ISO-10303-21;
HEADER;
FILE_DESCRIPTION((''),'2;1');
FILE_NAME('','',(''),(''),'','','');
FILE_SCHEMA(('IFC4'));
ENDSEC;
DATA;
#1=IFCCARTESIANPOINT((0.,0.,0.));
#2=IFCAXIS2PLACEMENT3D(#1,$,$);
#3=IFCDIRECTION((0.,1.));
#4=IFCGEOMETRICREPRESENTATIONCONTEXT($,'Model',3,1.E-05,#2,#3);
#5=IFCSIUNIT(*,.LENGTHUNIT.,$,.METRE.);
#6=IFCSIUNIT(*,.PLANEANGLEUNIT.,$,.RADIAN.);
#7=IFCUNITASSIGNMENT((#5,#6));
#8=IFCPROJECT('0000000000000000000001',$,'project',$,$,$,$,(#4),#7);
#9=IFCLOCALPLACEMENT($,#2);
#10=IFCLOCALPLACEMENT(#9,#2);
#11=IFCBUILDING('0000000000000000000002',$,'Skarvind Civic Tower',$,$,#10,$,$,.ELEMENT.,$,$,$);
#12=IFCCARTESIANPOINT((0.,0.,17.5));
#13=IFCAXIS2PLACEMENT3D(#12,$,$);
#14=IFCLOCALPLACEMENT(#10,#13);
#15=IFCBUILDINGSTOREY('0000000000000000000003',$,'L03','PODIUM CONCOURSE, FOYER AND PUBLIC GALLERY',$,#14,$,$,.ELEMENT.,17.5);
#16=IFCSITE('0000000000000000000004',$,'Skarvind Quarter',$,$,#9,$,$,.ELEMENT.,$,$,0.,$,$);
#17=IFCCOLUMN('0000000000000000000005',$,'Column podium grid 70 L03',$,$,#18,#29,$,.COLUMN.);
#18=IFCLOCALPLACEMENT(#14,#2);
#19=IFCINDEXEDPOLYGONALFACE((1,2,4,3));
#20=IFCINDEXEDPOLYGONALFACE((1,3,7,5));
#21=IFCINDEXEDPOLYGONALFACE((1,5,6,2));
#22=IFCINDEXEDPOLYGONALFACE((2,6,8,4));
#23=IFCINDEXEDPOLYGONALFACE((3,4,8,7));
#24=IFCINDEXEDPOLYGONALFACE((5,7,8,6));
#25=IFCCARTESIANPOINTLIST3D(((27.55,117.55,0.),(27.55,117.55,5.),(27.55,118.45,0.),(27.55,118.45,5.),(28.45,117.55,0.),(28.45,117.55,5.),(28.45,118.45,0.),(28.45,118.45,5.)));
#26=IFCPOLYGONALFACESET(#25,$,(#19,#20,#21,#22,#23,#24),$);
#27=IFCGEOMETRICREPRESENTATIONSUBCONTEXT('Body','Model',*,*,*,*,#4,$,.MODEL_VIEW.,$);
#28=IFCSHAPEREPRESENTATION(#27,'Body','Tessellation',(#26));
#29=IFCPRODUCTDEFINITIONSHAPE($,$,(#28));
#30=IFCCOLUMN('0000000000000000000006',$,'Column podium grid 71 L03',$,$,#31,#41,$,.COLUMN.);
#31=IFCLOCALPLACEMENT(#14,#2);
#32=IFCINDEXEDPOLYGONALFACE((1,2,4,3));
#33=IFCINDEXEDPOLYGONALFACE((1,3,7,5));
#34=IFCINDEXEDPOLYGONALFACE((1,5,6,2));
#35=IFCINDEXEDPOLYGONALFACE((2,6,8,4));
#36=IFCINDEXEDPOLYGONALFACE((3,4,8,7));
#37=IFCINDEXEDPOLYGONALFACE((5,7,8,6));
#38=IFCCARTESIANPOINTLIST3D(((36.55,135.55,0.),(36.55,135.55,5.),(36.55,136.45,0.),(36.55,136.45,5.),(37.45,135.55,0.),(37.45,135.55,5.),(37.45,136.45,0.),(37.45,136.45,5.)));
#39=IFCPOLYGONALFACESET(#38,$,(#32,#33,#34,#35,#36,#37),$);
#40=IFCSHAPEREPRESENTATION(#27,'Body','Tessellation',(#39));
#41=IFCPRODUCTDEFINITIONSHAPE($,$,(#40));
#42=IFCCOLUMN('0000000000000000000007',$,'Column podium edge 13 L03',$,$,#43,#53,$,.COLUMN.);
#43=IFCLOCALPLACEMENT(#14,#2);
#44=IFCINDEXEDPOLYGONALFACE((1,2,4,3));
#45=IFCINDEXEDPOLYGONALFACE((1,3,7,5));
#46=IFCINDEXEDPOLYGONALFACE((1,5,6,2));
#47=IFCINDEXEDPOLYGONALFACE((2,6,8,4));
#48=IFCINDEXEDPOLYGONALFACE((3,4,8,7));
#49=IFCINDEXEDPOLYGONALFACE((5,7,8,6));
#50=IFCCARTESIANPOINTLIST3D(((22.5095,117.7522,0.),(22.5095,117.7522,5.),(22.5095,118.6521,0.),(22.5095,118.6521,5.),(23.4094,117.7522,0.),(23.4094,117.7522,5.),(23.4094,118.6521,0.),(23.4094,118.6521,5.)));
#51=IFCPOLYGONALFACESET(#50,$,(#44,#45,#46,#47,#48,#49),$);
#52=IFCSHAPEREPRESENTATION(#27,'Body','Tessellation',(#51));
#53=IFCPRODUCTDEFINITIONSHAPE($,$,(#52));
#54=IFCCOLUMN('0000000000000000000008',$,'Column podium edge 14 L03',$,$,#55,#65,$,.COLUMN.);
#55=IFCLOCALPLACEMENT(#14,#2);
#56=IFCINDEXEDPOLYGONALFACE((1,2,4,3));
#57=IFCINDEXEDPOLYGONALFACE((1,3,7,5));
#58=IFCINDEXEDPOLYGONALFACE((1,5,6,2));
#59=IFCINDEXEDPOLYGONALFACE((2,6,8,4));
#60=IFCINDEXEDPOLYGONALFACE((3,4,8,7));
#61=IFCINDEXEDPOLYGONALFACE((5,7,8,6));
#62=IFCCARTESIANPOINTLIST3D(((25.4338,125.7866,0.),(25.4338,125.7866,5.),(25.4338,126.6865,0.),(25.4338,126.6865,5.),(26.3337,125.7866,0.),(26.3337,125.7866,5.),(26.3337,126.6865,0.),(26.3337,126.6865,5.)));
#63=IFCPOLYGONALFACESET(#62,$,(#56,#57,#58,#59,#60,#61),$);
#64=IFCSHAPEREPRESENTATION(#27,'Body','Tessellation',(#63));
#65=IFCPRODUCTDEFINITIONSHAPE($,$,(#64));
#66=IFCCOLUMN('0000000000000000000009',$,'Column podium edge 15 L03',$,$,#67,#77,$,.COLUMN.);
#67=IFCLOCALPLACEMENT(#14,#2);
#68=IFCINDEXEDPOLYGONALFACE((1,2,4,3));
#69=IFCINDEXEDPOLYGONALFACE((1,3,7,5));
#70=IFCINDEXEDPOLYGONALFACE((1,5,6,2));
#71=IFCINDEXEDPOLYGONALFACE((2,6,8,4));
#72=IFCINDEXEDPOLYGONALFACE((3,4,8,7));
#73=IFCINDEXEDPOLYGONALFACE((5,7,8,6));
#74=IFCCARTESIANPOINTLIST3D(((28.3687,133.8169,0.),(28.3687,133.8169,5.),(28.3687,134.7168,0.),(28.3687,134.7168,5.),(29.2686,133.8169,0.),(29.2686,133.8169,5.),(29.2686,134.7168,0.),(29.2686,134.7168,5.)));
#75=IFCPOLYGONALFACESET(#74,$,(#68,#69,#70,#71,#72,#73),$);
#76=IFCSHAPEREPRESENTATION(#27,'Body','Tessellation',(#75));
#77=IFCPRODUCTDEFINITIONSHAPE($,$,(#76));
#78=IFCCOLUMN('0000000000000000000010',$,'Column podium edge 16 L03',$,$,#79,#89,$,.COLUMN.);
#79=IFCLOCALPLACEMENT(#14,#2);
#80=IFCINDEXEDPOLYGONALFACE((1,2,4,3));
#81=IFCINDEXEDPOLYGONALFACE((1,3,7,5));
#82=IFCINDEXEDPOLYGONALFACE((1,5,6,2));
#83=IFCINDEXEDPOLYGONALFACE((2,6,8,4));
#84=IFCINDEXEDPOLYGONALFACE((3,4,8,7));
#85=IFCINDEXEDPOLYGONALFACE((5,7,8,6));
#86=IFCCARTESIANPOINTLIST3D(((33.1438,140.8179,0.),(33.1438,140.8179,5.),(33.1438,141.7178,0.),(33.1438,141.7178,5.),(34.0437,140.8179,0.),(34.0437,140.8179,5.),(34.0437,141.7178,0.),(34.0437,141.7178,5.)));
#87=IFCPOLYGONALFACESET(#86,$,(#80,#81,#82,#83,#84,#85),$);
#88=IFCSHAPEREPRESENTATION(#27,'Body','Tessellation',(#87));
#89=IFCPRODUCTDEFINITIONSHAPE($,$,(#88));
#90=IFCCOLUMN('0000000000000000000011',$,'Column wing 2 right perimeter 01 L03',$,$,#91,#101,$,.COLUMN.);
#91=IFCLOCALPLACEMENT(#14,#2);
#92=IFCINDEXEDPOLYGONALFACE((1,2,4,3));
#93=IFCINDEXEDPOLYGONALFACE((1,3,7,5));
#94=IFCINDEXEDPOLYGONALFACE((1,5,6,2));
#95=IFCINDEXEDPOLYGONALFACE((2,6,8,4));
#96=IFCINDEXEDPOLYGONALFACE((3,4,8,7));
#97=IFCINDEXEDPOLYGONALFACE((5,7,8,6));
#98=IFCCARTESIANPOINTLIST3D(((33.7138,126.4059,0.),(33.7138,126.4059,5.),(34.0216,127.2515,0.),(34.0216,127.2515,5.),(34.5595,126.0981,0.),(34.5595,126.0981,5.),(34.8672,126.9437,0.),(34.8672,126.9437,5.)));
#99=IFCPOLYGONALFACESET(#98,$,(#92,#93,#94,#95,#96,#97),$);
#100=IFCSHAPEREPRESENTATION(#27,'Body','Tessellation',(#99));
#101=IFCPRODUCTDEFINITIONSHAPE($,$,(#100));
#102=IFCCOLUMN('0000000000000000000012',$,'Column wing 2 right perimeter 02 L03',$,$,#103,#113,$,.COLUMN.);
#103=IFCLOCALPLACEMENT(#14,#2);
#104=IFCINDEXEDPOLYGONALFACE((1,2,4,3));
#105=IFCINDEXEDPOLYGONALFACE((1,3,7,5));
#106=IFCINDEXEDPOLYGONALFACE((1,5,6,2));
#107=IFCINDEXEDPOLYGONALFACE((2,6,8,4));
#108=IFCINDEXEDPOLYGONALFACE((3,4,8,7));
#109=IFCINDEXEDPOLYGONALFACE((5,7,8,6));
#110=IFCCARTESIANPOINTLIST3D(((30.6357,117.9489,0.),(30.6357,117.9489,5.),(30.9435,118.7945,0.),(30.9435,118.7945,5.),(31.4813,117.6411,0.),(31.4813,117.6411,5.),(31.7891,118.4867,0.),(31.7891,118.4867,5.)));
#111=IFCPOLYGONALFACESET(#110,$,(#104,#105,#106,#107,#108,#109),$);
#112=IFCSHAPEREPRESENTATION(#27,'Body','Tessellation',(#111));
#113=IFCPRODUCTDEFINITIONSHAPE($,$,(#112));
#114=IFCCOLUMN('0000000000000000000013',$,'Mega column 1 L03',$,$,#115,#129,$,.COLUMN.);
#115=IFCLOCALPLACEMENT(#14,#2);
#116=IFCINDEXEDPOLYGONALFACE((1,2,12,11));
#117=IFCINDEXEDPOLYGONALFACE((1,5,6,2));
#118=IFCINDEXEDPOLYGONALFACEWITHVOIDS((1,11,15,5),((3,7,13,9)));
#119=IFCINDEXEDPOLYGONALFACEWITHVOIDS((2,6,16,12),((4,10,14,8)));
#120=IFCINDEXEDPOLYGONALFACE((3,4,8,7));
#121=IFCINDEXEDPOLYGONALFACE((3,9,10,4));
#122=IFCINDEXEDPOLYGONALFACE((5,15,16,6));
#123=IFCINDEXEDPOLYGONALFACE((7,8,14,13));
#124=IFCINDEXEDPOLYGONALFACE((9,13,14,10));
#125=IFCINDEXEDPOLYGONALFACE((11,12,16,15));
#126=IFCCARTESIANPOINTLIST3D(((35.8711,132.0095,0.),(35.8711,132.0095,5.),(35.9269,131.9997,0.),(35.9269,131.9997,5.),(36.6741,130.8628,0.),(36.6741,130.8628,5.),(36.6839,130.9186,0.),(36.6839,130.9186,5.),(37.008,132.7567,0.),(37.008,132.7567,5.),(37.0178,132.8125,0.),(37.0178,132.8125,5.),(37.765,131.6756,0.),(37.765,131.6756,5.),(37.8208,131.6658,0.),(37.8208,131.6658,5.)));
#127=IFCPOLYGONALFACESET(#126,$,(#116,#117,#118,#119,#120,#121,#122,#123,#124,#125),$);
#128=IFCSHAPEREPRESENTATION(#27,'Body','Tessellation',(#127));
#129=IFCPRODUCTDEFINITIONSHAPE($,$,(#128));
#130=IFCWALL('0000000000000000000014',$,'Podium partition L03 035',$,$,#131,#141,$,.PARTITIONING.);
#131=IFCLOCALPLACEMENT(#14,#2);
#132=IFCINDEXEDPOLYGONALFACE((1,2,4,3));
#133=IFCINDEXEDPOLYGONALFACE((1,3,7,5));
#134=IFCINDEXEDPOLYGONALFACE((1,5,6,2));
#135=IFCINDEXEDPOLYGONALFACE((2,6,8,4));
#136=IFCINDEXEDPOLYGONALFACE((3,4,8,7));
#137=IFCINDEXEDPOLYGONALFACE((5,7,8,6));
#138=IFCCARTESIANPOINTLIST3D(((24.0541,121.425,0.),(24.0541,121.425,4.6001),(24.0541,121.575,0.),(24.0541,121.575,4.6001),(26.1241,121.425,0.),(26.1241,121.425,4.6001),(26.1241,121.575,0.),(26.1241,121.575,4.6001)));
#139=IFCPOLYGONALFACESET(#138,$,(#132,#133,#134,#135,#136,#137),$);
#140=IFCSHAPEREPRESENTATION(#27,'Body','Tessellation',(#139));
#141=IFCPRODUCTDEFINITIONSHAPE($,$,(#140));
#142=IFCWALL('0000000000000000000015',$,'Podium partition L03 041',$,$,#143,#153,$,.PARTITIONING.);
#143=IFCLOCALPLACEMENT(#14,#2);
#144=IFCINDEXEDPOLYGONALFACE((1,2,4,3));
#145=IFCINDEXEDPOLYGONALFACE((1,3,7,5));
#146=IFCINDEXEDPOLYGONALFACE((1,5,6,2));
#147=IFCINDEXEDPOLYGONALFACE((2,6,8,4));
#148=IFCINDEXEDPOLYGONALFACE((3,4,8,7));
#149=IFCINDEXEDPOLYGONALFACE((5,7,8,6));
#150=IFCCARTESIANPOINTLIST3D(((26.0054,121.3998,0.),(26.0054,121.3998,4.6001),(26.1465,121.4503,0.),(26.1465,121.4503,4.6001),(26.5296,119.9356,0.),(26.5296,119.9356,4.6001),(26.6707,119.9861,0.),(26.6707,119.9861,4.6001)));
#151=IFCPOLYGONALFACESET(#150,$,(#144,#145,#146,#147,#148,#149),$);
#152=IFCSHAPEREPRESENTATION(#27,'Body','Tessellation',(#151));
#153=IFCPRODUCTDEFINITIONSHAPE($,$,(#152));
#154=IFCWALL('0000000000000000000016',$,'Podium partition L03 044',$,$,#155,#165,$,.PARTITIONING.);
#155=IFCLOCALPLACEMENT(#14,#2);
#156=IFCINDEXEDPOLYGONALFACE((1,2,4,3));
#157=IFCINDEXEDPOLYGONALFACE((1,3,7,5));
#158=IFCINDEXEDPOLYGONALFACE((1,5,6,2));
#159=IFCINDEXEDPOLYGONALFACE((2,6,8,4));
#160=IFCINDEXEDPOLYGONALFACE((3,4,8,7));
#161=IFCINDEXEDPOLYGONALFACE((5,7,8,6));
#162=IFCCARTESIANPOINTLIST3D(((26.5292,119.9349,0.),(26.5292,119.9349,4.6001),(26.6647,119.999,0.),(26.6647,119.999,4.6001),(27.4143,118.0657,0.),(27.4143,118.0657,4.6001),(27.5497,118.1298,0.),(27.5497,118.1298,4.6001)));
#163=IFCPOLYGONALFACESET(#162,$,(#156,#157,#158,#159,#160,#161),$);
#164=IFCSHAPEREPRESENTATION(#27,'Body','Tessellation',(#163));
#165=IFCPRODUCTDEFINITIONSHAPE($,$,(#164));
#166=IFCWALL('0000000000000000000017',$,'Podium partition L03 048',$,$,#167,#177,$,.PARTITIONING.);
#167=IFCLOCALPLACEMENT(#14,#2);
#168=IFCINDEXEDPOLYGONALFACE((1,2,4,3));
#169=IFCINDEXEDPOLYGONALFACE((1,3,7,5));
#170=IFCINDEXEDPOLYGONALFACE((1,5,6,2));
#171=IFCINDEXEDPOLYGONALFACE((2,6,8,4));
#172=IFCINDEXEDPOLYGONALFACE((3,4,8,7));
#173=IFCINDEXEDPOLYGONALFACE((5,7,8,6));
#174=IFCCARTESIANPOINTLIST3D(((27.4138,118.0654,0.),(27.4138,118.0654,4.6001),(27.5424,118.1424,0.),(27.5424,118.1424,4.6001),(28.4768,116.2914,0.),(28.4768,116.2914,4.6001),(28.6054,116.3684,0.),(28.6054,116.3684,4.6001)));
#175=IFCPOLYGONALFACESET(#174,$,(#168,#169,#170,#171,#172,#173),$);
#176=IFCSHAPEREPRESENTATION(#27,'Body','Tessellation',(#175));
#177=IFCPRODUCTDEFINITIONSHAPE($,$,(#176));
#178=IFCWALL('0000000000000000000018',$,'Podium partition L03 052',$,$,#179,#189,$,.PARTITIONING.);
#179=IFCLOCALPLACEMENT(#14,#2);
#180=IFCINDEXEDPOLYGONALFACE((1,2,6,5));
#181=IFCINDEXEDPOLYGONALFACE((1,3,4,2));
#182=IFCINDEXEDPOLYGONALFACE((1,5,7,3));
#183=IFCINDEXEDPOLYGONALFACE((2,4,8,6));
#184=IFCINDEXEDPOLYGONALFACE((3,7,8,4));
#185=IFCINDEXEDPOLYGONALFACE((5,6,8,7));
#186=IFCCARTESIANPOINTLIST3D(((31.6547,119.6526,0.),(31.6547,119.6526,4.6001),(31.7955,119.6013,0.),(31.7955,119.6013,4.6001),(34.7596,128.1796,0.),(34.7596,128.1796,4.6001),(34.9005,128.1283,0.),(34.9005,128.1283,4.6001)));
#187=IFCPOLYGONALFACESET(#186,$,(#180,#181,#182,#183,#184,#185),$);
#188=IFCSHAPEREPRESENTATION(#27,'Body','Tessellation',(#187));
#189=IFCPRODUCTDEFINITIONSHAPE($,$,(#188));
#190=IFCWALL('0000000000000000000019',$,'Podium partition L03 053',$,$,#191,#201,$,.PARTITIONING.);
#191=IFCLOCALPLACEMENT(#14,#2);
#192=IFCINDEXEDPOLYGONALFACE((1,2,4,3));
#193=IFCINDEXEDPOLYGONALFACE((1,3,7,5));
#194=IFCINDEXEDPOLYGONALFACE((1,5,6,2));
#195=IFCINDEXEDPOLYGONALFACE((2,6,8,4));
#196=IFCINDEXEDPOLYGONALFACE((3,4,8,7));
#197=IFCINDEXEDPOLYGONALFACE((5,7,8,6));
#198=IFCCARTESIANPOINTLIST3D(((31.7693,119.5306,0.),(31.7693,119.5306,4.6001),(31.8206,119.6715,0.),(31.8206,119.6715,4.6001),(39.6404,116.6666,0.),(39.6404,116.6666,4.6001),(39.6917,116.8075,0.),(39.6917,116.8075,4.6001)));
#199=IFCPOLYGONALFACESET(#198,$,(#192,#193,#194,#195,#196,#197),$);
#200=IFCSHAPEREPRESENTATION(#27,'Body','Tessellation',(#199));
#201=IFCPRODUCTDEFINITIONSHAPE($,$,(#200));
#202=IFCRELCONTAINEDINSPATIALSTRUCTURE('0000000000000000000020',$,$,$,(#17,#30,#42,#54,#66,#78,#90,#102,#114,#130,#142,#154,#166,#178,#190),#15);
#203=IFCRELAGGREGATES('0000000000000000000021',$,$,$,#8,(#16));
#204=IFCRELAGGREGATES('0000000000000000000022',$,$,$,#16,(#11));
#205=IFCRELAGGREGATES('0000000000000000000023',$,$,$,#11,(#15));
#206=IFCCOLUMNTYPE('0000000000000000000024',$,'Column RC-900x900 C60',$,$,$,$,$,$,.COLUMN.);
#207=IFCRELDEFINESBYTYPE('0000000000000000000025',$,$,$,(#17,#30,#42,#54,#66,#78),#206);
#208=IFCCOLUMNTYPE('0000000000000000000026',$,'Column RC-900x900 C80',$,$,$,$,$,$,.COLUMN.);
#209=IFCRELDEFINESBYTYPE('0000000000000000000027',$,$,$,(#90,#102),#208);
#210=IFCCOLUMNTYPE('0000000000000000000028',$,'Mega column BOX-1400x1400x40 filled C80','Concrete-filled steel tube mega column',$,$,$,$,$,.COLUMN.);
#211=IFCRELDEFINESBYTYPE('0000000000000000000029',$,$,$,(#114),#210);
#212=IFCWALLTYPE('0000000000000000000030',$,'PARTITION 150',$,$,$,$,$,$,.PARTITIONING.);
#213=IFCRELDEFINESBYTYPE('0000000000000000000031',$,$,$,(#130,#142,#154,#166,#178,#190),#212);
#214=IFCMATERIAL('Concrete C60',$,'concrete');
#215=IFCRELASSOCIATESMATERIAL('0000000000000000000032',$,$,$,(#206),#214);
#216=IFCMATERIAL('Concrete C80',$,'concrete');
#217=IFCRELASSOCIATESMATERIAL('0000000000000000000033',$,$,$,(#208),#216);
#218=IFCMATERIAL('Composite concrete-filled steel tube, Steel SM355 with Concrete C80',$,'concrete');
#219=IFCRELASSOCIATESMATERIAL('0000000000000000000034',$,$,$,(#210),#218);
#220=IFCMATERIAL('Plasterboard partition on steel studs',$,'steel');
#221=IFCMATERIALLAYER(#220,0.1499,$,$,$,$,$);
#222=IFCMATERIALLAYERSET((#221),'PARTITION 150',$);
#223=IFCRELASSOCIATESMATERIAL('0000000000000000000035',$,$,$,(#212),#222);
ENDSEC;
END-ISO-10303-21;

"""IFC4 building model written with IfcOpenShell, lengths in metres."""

from ifc_helpers import new_model, si_unit, direction, frame, frame_2d, origin, origin_2d, place, context, subcontext, project, spatial, rectangle, hollow_rectangle, extrude, material, layer, layer_set, material_profile, profile_set, type_object, element, save


model = new_model("IFC4")

# Units and contexts
model_context = context("Model", 3, precision=1e-05, world=origin(), true_north=direction((0.0, 1.0)))
body_context = subcontext(model_context, "Body", "Model", "MODEL_VIEW")
ifc_project = project(units=[si_unit("LENGTHUNIT", "METRE"), si_unit("PLANEANGLEUNIT", "RADIAN")], contexts=[model_context])

# Site, building, storey
site_placement = place(None, origin())
site = spatial("IfcSite", under=ifc_project, at=site_placement, Name="Skarvind Quarter", CompositionType="ELEMENT", RefElevation=0.0)
building_placement = place(site_placement, origin())
building = spatial("IfcBuilding", under=site, at=building_placement, Name="Skarvind Civic Tower", CompositionType="ELEMENT")
storey_placement = place(building_placement, frame((0.0, 0.0, 17.5)))
storey = spatial("IfcBuildingStorey", under=building, at=storey_placement, Name="L03", Description="PODIUM CONCOURSE, FOYER AND PUBLIC GALLERY", CompositionType="ELEMENT", Elevation=17.5)

# Columns
ifc_material_1 = material(Name="Concrete C60", Category="concrete")
ifc_material_profile_1 = material_profile(ifc_material_1, rectangle(XDim=0.8999, YDim=0.8999, at=origin_2d()), Name="RC-900x900")
ifc_profile_set_1 = profile_set([ifc_material_profile_1], Name="Concrete C60")
column_type_1 = type_object("IfcColumnType", Name="Column RC-900x900 C60", PredefinedType="COLUMN", material=ifc_profile_set_1)
for number, where, z_axis, x_axis, name in (
    (1, (28.0, 118.0, 0.0), (0.0, 0.0, 1.0), (1.0, 0.0, 0.0), "Column podium grid 70 L03"),
    (2, (37.0, 136.0, 0.0), (0.0, 0.0, 1.0), (1.0, 0.0, 0.0), "Column podium grid 71 L03"),
    (3, (22.9595, 118.2021, 0.0), (0.0, 0.0, 1.0), (1.0, 0.0, 0.0), "Column podium edge 13 L03"),
    (4, (25.8838, 126.2366, 0.0), (0.0, 0.0, 1.0), (1.0, 0.0, 0.0), "Column podium edge 14 L03"),
    (5, (28.8186, 134.2668, 0.0), (0.0, 0.0, 1.0), (1.0, 0.0, 0.0), "Column podium edge 15 L03"),
    (6, (33.5938, 141.2678, 0.0), (0.0, 0.0, 1.0), (1.0, 0.0, 0.0), "Column podium edge 16 L03"),
):
    element("IfcColumn", number, at=place(storey_placement, frame(where, z_axis=z_axis, x_axis=x_axis)), inside=storey, type_object=column_type_1, Name=name, PredefinedType="COLUMN", context=body_context, shape_type="SweptSolid", body=[
        extrude(rectangle(XDim=0.8999, YDim=0.8999, at=origin_2d()), origin(), (0.0, 0.0, 1.0), 5.0),
    ])
ifc_material_2 = material(Name="Concrete C80", Category="concrete")
ifc_material_profile_2 = material_profile(ifc_material_2, rectangle(XDim=0.8999, YDim=0.8999, at=origin_2d()), Name="RC-900x900")
ifc_profile_set_2 = profile_set([ifc_material_profile_2], Name="Concrete C80")
column_type_2 = type_object("IfcColumnType", Name="Column RC-900x900 C80", PredefinedType="COLUMN", material=ifc_profile_set_2)
for number, where, z_axis, x_axis, name in (
    (7, (34.2905, 126.6748, 0.0), (0.0, 0.0, 1.0), (-0.34202, -0.939693, 0.0), "Column wing 2 right perimeter 01 L03"),
    (8, (31.2124, 118.2178, 0.0), (0.0, 0.0, 1.0), (-0.34202, -0.939693, 0.0), "Column wing 2 right perimeter 02 L03"),
):
    element("IfcColumn", number, at=place(storey_placement, frame(where, z_axis=z_axis, x_axis=x_axis)), inside=storey, type_object=column_type_2, Name=name, PredefinedType="COLUMN", context=body_context, shape_type="SweptSolid", body=[
        extrude(rectangle(XDim=0.8999, YDim=0.8999, at=origin_2d()), origin(), (0.0, 0.0, 1.0), 5.0),
    ])
ifc_material_3 = material(Name="Composite concrete-filled steel tube, Steel SM355 with Concrete C80", Category="concrete")
ifc_material_profile_3 = material_profile(ifc_material_3, hollow_rectangle(XDim=1.3999, YDim=1.3999, WallThickness=0.04, at=origin_2d()), Name="BOX-1400x1400x40")
ifc_profile_set_3 = profile_set([ifc_material_profile_3], Name="Composite concrete-filled steel tube, Steel SM355 with Concrete C80")
column_type_3 = type_object("IfcColumnType", Name="Mega column BOX-1400x1400x40 filled C80", Description="Concrete-filled steel tube mega column", PredefinedType="COLUMN", material=ifc_profile_set_3)
column_placement = place(storey_placement, frame((36.8459, 131.8376, 0.0), z_axis=(0.0, 0.0, 1.0), x_axis=(0.573576, -0.819152, 0.0)))
element("IfcColumn", 9, at=column_placement, inside=storey, type_object=column_type_3, Name="Mega column 1 L03", PredefinedType="COLUMN", context=body_context, shape_type="SweptSolid", body=[
    extrude(hollow_rectangle(XDim=1.3999, YDim=1.3999, WallThickness=0.04, at=origin_2d()), origin(), (0.0, 0.0, 1.0), 5.0),
])

# Walls
ifc_material_4 = material(Name="Plasterboard partition on steel studs", Category="steel")
ifc_layer_1 = layer(ifc_material_4, 0.1499)
ifc_layer_set_1 = layer_set([ifc_layer_1], Name="PARTITION 150")
wall_type_1 = type_object("IfcWallType", Name="PARTITION 150", PredefinedType="PARTITIONING", material=ifc_layer_set_1)
wall_1_placement = place(storey_placement, frame((24.054, 121.5, 0.0), z_axis=(0.0, 0.0, 1.0), x_axis=(1.0, 0.0, 0.0)))
element("IfcWall", 10, at=wall_1_placement, inside=storey, type_object=wall_type_1, Name="Podium partition L03 035", PredefinedType="PARTITIONING", context=body_context, shape_type="SweptSolid", body=[
    extrude(rectangle(XDim=2.0701, YDim=0.1499, at=frame_2d((1.0352, 0.0))), origin(), (0.0, 0.0, 1.0), 4.6001),
])
wall_2_placement = place(storey_placement, frame((26.0759, 121.425, 0.0), z_axis=(0.0, 0.0, 1.0), x_axis=(0.337062, -0.941482, 0.0)))
element("IfcWall", 11, at=wall_2_placement, inside=storey, type_object=wall_type_1, Name="Podium partition L03 041", PredefinedType="PARTITIONING", context=body_context, shape_type="SweptSolid", body=[
    extrude(rectangle(XDim=1.5552, YDim=0.1499, at=frame_2d((0.7776, 0.0))), origin(), (0.0, 0.0, 1.0), 4.6001),
])
for number, where, z_axis, x_axis, name in (
    (12, (26.5969, 119.967, 0.0), (0.0, 0.0, 1.0), (0.427939, -0.903808, 0.0), "Podium partition L03 044"),
    (13, (27.478, 118.104, 0.0), (0.0, 0.0, 1.0), (0.51401, -0.857784, 0.0), "Podium partition L03 048"),
):
    element("IfcWall", number, at=place(storey_placement, frame(where, z_axis=z_axis, x_axis=x_axis)), inside=storey, type_object=wall_type_1, Name=name, PredefinedType="PARTITIONING", context=body_context, shape_type="SweptSolid", body=[
        extrude(rectangle(XDim=2.0681, YDim=0.1499, at=frame_2d((1.0342, 0.0))), origin(), (0.0, 0.0, 1.0), 4.6001),
    ])
wall_3_placement = place(storey_placement, frame((31.7251, 119.627, 0.0), z_axis=(0.0, 0.0, 1.0), x_axis=(0.342153, 0.939644, 0.0)))
element("IfcWall", 14, at=wall_3_placement, inside=storey, type_object=wall_type_1, Name="Podium partition L03 052", PredefinedType="PARTITIONING", context=body_context, shape_type="SweptSolid", body=[
    extrude(rectangle(XDim=9.0747, YDim=0.1499, at=frame_2d((4.5374, 0.0))), origin(), (0.0, 0.0, 1.0), 4.6001),
])
wall_4_placement = place(storey_placement, frame((31.7949, 119.6011, 0.0), z_axis=(0.0, 0.0, 1.0), x_axis=(0.939724, -0.341933, 0.0)))
element("IfcWall", 15, at=wall_4_placement, inside=storey, type_object=wall_type_1, Name="Podium partition L03 053", PredefinedType="PARTITIONING", context=body_context, shape_type="SweptSolid", body=[
    extrude(rectangle(XDim=8.376, YDim=0.1499, at=frame_2d((4.188, 0.0))), origin(), (0.0, 0.0, 1.0), 4.6001),
])

save(model, "model.ifc")
